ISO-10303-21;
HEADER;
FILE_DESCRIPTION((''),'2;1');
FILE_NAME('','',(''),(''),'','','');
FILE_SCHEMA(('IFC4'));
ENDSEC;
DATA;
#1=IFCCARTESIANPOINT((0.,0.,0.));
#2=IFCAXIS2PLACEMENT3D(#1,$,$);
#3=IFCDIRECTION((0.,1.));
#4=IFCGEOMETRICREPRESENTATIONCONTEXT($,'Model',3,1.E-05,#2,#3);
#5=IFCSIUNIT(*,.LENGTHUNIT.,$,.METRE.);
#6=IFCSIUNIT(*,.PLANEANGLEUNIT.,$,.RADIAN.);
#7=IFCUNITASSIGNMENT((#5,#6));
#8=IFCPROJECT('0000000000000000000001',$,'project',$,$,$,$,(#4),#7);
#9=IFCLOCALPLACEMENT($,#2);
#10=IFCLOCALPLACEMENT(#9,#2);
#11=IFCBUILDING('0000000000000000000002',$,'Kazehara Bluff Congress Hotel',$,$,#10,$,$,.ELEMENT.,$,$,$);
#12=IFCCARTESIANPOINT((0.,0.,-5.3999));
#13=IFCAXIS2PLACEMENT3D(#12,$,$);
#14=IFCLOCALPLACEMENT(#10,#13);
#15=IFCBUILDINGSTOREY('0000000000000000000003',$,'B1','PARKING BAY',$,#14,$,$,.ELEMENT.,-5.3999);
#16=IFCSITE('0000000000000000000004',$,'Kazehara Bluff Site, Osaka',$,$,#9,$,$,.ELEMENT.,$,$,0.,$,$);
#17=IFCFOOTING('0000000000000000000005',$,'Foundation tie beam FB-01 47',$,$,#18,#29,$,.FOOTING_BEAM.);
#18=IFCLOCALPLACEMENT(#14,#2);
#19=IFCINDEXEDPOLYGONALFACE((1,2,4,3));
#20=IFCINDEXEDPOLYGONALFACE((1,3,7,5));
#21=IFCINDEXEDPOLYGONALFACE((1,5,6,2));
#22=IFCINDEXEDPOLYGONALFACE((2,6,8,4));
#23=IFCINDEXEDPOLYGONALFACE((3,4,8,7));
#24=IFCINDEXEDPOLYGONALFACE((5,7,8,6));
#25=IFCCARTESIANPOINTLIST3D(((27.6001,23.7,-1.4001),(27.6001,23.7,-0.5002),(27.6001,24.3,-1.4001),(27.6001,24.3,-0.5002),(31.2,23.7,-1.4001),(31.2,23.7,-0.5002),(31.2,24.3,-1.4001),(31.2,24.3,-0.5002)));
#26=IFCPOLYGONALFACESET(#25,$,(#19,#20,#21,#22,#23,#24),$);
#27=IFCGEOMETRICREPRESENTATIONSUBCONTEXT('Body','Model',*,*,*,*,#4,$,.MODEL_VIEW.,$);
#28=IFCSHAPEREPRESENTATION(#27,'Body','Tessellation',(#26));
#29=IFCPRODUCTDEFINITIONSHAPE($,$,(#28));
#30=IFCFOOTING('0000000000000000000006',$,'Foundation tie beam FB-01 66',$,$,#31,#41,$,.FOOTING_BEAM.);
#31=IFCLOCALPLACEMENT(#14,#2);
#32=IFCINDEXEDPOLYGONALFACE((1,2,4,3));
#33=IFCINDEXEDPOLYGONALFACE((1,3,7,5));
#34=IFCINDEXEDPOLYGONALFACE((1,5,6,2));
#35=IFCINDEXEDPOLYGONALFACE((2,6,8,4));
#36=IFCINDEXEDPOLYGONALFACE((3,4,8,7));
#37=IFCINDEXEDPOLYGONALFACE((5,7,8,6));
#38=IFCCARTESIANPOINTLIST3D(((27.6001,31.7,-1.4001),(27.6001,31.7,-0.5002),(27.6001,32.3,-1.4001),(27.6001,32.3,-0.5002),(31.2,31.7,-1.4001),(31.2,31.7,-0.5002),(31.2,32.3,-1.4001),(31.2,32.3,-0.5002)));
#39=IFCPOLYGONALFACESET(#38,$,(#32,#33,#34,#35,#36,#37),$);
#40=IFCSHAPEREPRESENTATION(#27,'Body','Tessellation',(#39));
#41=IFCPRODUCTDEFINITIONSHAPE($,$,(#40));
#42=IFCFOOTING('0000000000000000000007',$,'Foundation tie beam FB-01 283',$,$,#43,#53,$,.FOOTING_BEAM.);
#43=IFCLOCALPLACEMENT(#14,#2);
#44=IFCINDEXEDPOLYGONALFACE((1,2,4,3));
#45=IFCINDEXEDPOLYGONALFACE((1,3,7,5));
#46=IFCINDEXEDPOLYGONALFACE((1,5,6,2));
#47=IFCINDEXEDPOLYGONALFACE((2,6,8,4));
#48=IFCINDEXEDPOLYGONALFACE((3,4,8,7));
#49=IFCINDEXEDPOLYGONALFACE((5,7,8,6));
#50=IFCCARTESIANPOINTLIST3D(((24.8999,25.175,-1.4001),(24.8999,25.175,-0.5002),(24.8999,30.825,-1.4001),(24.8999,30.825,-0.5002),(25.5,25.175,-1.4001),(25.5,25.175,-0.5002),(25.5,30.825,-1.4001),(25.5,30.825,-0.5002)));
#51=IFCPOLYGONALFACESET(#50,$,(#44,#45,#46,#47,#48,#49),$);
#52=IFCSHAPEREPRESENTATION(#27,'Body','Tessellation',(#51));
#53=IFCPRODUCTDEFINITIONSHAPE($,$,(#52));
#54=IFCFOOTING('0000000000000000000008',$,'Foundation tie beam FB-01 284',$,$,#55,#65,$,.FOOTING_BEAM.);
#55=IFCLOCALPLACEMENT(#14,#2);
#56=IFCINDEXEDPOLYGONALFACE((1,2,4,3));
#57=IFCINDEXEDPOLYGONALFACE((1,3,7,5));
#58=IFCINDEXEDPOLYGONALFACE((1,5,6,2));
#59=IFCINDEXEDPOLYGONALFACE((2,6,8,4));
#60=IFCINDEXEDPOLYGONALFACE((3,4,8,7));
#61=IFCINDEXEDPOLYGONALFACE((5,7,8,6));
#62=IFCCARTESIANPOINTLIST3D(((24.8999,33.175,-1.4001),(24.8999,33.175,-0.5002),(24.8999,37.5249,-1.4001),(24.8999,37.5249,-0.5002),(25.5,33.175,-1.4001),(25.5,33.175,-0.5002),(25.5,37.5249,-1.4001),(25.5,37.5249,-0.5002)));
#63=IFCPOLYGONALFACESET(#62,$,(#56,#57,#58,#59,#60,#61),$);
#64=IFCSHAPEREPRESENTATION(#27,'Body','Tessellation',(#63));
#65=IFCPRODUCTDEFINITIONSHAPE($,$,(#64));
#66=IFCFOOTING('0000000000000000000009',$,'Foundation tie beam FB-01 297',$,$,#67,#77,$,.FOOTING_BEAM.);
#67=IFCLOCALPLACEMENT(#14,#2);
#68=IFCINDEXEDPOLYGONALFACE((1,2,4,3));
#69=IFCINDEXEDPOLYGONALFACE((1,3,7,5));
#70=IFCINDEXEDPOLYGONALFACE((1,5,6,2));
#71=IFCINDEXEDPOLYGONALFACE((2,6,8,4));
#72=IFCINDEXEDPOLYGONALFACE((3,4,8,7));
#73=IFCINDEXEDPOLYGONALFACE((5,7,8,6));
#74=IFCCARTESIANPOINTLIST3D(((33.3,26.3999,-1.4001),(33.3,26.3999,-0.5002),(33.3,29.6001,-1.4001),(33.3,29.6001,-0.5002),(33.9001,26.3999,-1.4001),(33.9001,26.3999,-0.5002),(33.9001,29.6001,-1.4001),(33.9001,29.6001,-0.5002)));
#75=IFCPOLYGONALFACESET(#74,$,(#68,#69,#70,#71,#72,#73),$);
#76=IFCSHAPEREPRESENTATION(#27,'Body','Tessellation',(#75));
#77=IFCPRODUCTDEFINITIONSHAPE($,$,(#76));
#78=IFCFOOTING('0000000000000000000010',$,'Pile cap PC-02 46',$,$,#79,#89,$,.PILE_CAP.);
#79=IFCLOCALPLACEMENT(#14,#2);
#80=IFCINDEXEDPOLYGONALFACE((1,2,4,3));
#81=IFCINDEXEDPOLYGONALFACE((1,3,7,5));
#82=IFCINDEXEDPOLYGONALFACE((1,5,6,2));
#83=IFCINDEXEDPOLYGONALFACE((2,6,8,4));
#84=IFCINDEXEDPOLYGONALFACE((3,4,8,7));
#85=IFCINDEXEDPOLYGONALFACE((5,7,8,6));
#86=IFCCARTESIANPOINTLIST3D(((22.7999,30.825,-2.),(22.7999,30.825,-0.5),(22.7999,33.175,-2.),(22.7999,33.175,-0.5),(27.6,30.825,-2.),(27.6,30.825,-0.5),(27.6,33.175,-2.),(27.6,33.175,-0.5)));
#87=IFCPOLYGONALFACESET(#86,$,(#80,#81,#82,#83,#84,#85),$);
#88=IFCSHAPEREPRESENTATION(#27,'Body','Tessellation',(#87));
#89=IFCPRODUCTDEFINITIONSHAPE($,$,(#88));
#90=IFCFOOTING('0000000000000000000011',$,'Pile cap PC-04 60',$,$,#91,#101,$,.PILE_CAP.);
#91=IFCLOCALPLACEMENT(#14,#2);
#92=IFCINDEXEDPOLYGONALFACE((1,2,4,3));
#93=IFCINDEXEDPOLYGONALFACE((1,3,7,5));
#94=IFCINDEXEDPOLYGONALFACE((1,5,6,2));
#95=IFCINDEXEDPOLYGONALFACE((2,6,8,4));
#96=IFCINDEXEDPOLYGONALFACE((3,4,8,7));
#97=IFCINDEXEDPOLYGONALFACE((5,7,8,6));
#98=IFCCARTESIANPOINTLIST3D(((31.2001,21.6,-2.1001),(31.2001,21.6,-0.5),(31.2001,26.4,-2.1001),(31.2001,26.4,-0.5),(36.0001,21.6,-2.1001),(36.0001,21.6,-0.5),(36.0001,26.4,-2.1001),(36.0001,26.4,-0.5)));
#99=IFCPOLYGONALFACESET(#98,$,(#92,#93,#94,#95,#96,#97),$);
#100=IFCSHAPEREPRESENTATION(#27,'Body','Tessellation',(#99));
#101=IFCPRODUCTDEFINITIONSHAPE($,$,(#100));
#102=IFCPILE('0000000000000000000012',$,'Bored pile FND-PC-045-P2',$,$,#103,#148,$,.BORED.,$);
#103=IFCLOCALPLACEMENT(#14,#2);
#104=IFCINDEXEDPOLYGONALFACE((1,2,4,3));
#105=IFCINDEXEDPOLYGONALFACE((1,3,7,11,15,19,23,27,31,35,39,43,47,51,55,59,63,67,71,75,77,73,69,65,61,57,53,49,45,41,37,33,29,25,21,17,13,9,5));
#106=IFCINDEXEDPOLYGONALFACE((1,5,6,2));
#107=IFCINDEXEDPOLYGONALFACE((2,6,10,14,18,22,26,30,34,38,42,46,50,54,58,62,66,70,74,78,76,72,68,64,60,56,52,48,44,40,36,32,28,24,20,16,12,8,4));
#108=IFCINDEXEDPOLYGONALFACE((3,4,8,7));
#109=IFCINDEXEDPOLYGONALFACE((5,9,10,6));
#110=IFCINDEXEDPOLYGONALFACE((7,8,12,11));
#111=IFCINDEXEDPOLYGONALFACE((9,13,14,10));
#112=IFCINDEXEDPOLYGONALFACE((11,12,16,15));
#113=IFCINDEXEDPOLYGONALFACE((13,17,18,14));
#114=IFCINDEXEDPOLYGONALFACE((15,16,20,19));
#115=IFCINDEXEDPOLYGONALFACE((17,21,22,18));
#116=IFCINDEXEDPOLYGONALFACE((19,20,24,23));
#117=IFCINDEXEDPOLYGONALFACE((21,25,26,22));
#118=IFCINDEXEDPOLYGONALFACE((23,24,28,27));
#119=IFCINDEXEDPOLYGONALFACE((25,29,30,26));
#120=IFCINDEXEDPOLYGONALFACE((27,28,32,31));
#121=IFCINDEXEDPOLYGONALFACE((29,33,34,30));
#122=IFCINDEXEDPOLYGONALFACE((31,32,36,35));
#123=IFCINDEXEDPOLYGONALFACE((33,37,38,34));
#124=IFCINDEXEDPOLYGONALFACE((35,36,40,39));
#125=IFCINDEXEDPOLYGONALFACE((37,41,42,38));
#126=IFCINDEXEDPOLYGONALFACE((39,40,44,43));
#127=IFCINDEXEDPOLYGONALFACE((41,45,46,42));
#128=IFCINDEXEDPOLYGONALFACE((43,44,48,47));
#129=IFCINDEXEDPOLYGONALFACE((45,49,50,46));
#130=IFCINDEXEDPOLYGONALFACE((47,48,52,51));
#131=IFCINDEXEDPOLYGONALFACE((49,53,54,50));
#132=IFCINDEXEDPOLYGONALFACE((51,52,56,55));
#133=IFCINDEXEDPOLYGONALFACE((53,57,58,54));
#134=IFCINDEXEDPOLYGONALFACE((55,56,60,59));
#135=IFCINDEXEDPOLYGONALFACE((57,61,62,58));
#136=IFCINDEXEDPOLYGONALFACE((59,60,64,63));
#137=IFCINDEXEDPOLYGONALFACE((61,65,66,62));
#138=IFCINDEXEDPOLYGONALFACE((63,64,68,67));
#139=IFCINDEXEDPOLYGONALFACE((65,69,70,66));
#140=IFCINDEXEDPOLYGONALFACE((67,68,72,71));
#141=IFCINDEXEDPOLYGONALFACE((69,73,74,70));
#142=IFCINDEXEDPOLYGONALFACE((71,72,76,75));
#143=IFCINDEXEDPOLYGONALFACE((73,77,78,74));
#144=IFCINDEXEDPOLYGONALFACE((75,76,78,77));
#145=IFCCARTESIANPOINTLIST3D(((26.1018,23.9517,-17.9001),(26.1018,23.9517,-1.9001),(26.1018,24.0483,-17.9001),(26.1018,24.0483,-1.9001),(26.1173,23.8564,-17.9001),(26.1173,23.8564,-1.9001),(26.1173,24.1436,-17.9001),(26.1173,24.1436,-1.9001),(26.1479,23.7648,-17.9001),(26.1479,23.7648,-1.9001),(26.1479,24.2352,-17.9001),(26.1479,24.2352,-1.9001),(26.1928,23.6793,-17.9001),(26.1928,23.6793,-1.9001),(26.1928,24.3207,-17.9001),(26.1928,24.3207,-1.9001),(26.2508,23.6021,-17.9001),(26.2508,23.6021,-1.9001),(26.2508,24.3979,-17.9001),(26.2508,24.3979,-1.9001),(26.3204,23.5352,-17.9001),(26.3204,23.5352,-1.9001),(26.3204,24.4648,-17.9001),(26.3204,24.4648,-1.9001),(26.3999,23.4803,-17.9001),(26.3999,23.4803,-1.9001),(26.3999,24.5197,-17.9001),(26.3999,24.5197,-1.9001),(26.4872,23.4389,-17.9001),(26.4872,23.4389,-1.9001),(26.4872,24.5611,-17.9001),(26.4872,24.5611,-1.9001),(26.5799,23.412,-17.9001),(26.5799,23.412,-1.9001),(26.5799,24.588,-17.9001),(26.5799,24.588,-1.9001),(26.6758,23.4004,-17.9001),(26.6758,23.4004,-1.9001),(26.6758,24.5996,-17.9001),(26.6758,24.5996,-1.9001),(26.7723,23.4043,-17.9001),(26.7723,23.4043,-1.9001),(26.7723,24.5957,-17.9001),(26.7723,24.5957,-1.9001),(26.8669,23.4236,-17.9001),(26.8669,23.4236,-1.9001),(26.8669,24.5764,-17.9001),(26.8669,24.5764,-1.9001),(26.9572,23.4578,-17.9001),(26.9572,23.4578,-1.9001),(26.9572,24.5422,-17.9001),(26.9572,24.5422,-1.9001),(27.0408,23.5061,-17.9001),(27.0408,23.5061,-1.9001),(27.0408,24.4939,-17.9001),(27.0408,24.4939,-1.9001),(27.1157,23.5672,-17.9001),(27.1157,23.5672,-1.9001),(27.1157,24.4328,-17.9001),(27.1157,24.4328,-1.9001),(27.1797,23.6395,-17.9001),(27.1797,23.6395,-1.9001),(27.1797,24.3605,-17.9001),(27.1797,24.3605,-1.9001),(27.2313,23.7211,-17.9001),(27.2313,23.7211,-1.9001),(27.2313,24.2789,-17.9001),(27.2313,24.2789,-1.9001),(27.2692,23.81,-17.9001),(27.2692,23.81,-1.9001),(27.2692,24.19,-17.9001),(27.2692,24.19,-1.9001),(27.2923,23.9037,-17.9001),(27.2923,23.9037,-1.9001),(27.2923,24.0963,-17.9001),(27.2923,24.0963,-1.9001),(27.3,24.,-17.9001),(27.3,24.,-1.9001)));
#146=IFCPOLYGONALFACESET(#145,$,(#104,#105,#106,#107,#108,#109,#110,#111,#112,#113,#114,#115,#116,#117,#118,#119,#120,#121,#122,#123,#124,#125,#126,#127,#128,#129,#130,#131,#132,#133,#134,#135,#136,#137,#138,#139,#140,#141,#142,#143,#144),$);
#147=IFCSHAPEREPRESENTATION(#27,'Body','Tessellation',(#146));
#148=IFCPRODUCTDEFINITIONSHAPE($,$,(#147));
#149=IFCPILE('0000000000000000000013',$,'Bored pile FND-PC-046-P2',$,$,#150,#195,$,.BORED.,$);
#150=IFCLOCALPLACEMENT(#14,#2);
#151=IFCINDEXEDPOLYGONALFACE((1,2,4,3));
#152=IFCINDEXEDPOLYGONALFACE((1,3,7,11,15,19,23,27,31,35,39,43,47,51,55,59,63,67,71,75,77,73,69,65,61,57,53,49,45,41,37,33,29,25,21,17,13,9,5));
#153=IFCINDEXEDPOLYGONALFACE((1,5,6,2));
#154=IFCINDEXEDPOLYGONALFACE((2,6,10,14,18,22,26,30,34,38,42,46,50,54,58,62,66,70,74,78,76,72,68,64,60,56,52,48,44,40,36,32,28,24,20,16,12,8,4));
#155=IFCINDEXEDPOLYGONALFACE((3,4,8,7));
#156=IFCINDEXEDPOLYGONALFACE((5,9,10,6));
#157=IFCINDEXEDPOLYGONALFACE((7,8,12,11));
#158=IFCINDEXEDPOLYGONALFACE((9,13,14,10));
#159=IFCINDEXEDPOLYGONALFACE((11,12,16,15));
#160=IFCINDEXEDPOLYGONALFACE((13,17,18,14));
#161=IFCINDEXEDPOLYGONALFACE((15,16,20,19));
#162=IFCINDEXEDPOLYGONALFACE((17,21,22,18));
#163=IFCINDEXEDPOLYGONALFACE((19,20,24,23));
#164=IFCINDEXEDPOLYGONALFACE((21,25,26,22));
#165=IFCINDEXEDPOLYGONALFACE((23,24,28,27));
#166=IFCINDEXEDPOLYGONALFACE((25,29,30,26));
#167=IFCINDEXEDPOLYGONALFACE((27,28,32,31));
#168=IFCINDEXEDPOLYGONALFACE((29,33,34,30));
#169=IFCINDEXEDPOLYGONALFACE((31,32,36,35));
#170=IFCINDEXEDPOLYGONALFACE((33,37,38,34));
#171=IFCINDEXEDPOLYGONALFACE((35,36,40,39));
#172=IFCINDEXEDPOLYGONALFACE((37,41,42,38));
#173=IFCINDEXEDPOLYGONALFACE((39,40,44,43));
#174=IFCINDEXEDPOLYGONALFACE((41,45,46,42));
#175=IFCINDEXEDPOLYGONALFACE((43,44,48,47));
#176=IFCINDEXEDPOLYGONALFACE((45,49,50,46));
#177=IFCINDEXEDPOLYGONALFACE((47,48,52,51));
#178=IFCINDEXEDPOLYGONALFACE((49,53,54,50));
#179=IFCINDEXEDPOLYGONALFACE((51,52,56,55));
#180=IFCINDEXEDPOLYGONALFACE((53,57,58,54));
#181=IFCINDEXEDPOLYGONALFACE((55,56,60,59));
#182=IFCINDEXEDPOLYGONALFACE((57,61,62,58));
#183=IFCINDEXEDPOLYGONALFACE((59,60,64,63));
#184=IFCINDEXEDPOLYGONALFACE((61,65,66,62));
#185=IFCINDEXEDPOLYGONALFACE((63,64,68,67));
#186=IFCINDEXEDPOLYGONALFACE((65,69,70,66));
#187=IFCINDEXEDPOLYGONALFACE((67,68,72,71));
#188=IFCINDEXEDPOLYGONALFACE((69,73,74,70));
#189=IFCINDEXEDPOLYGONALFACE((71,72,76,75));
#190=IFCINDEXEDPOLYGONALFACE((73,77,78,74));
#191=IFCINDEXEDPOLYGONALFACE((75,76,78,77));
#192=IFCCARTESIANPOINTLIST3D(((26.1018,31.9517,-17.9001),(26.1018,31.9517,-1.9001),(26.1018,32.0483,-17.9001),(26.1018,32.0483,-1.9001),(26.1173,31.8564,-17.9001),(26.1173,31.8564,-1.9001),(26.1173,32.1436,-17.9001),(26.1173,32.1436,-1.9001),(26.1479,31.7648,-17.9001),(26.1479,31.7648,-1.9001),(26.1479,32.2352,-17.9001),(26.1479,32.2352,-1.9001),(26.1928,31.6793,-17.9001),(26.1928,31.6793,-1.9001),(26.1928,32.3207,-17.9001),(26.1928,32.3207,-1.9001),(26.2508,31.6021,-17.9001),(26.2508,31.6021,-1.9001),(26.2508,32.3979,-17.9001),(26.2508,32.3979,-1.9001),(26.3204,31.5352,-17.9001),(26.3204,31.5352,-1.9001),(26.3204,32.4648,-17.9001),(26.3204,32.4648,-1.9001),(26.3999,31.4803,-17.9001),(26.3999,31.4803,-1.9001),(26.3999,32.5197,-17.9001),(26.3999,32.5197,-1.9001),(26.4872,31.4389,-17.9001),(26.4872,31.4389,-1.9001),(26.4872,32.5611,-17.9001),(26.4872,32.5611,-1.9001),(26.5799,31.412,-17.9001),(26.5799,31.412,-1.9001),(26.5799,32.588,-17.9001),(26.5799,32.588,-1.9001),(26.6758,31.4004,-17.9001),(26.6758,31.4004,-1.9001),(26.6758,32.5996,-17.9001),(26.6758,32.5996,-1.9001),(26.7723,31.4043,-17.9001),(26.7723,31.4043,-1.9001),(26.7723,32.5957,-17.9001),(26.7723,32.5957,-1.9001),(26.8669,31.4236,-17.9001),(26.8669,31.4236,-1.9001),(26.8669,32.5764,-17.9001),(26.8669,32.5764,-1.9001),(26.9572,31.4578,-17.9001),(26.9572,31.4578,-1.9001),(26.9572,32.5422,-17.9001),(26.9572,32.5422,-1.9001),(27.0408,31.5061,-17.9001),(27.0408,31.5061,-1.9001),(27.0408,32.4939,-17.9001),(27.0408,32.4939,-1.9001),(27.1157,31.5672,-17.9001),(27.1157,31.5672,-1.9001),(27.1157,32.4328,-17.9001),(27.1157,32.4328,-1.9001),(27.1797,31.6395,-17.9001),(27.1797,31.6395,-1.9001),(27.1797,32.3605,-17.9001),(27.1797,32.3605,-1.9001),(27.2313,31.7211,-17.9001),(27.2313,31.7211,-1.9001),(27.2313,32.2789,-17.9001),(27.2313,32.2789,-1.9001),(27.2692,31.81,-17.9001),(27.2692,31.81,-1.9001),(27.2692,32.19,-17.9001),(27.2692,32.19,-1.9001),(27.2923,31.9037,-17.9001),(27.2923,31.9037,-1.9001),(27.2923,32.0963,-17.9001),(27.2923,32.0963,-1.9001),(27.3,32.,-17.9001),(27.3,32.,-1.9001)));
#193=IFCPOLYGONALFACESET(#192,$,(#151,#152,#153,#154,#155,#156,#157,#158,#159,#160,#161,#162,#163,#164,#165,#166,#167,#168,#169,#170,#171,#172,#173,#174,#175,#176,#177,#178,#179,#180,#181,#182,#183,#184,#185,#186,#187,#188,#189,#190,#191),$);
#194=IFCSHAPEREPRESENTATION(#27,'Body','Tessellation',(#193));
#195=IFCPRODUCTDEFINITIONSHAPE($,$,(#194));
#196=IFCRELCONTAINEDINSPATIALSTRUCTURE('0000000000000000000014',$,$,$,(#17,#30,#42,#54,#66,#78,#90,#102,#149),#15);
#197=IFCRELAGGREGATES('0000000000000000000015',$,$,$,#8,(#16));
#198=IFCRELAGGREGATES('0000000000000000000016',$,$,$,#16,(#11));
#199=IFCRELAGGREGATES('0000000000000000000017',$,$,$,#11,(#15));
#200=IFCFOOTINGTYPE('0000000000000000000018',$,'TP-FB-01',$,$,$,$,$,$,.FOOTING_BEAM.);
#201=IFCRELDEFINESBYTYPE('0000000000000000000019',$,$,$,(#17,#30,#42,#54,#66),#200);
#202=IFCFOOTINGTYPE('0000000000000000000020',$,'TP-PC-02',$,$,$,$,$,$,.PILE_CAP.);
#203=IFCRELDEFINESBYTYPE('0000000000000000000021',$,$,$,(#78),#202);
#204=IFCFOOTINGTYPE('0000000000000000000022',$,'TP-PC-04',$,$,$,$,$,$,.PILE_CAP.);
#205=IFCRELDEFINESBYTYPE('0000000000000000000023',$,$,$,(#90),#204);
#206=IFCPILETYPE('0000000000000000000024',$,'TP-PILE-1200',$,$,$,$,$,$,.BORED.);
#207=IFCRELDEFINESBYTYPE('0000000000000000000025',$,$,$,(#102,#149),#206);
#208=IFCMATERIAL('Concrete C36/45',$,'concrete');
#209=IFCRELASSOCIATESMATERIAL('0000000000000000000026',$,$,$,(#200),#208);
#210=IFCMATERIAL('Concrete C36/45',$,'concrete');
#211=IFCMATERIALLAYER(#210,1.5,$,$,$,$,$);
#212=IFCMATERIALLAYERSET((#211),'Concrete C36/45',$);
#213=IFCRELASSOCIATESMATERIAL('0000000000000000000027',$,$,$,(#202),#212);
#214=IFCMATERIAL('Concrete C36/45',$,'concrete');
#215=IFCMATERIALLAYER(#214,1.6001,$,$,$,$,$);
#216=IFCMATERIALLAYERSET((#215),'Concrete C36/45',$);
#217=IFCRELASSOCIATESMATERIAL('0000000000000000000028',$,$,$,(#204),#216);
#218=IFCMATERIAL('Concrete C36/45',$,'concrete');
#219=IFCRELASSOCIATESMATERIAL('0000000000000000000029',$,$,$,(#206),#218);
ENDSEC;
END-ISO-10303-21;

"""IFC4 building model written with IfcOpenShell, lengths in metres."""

from ifc_helpers import new_model, si_unit, direction, frame, origin, origin_2d, place, context, subcontext, project, spatial, rectangle, circle, extrude, material, layer, layer_set, material_profile, profile_set, type_object, element, save


model = new_model("IFC4")

# Units and contexts
model_context = context("Model", 3, precision=1e-05, world=origin(), true_north=direction((0.0, 1.0)))
body_context = subcontext(model_context, "Body", "Model", "MODEL_VIEW")
ifc_project = project(units=[si_unit("LENGTHUNIT", "METRE"), si_unit("PLANEANGLEUNIT", "RADIAN")], contexts=[model_context])

# Site, building, storey
site_placement = place(None, origin())
site = spatial("IfcSite", under=ifc_project, at=site_placement, Name="Kazehara Bluff Site, Osaka", CompositionType="ELEMENT", RefElevation=0.0)
building_placement = place(site_placement, origin())
building = spatial("IfcBuilding", under=site, at=building_placement, Name="Kazehara Bluff Congress Hotel", CompositionType="ELEMENT")
storey_placement = place(building_placement, frame((0.0, 0.0, -5.3999)))
storey = spatial("IfcBuildingStorey", under=building, at=storey_placement, Name="B1", Description="PARKING BAY", CompositionType="ELEMENT", Elevation=-5.3999)

# Footings
ifc_material_1 = material(Name="Concrete C36/45", Category="concrete")
ifc_material_profile_1 = material_profile(ifc_material_1, rectangle(XDim=0.6001, YDim=0.8999, at=origin_2d()))
ifc_profile_set_1 = profile_set([ifc_material_profile_1], Name="Concrete C36/45")
footing_type_1 = type_object("IfcFootingType", Name="TP-FB-01", PredefinedType="FOOTING_BEAM", material=ifc_profile_set_1)
for number, where, z_axis, x_axis, name in (
    (1, (27.6001, 24.0, -0.9502), (1.0, 0.0, 0.0), (0.0, 1.0, 0.0), "Foundation tie beam FB-01 47"),
    (2, (27.6001, 32.0, -0.9502), (1.0, 0.0, 0.0), (0.0, 1.0, 0.0), "Foundation tie beam FB-01 66"),
):
    element("IfcFooting", number, at=place(storey_placement, frame(where, z_axis=z_axis, x_axis=x_axis)), inside=storey, type_object=footing_type_1, Name=name, PredefinedType="FOOTING_BEAM", context=body_context, shape_type="SweptSolid", body=[
        extrude(rectangle(XDim=0.6001, YDim=0.8999, at=origin_2d()), origin(), (0.0, 0.0, 1.0), 3.5999),
    ])
footing_1_placement = place(storey_placement, frame((25.2, 25.175, -0.9502), z_axis=(0.0, 1.0, 0.0), x_axis=(-1.0, 0.0, 0.0)))
element("IfcFooting", 3, at=footing_1_placement, inside=storey, type_object=footing_type_1, Name="Foundation tie beam FB-01 283", PredefinedType="FOOTING_BEAM", context=body_context, shape_type="SweptSolid", body=[
    extrude(rectangle(XDim=0.6001, YDim=0.8999, at=origin_2d()), origin(), (0.0, 0.0, 1.0), 5.6499),
])
footing_2_placement = place(storey_placement, frame((25.2, 33.175, -0.9502), z_axis=(0.0, 1.0, 0.0), x_axis=(-1.0, 0.0, 0.0)))
element("IfcFooting", 4, at=footing_2_placement, inside=storey, type_object=footing_type_1, Name="Foundation tie beam FB-01 284", PredefinedType="FOOTING_BEAM", context=body_context, shape_type="SweptSolid", body=[
    extrude(rectangle(XDim=0.6001, YDim=0.8999, at=origin_2d()), origin(), (0.0, 0.0, 1.0), 4.3499),
])
footing_3_placement = place(storey_placement, frame((33.6001, 26.3999, -0.9502), z_axis=(0.0, 1.0, 0.0), x_axis=(-1.0, 0.0, 0.0)))
element("IfcFooting", 5, at=footing_3_placement, inside=storey, type_object=footing_type_1, Name="Foundation tie beam FB-01 297", PredefinedType="FOOTING_BEAM", context=body_context, shape_type="SweptSolid", body=[
    extrude(rectangle(XDim=0.6001, YDim=0.8999, at=origin_2d()), origin(), (0.0, 0.0, 1.0), 3.2002),
])
ifc_material_2 = material(Name="Concrete C36/45", Category="concrete")
ifc_layer_1 = layer(ifc_material_2, 1.5)
ifc_layer_set_1 = layer_set([ifc_layer_1], Name="Concrete C36/45")
footing_type_2 = type_object("IfcFootingType", Name="TP-PC-02", PredefinedType="PILE_CAP", material=ifc_layer_set_1)
footing_4_placement = place(storey_placement, frame((25.2, 32.0, -2.0), z_axis=(0.0, 0.0, 1.0), x_axis=(1.0, 0.0, 0.0)))
element("IfcFooting", 6, at=footing_4_placement, inside=storey, type_object=footing_type_2, Name="Pile cap PC-02 46", PredefinedType="PILE_CAP", context=body_context, shape_type="SweptSolid", body=[
    extrude(rectangle(XDim=4.8, YDim=2.3501, at=origin_2d()), origin(), (0.0, 0.0, 1.0), 1.5),
])
ifc_material_3 = material(Name="Concrete C36/45", Category="concrete")
ifc_layer_2 = layer(ifc_material_3, 1.6001)
ifc_layer_set_2 = layer_set([ifc_layer_2], Name="Concrete C36/45")
footing_type_3 = type_object("IfcFootingType", Name="TP-PC-04", PredefinedType="PILE_CAP", material=ifc_layer_set_2)
footing_5_placement = place(storey_placement, frame((33.6001, 24.0, -2.1001), z_axis=(0.0, 0.0, 1.0), x_axis=(1.0, 0.0, 0.0)))
element("IfcFooting", 7, at=footing_5_placement, inside=storey, type_object=footing_type_3, Name="Pile cap PC-04 60", PredefinedType="PILE_CAP", context=body_context, shape_type="SweptSolid", body=[
    extrude(rectangle(XDim=4.8, YDim=4.8, at=origin_2d()), origin(), (0.0, 0.0, 1.0), 1.6001),
])

# Piles
ifc_material_4 = material(Name="Concrete C36/45", Category="concrete")
ifc_material_profile_2 = material_profile(ifc_material_4, circle(Radius=0.6001, at=origin_2d()))
ifc_profile_set_2 = profile_set([ifc_material_profile_2], Name="Concrete C36/45")
pile_type = type_object("IfcPileType", Name="TP-PILE-1200", PredefinedType="BORED", material=ifc_profile_set_2)
for number, where, z_axis, x_axis, name in (
    (8, (26.7, 24.0, -1.9001), (0.0, 0.0, -1.0), (1.0, 0.0, 0.0), "Bored pile FND-PC-045-P2"),
    (9, (26.7, 32.0, -1.9001), (0.0, 0.0, -1.0), (1.0, 0.0, 0.0), "Bored pile FND-PC-046-P2"),
):
    element("IfcPile", number, at=place(storey_placement, frame(where, z_axis=z_axis, x_axis=x_axis)), inside=storey, type_object=pile_type, Name=name, PredefinedType="BORED", context=body_context, shape_type="SweptSolid", body=[
        extrude(circle(Radius=0.6001, at=origin_2d()), origin(), (0.0, 0.0, 1.0), 16.0),
    ])

save(model, "model.ifc")
